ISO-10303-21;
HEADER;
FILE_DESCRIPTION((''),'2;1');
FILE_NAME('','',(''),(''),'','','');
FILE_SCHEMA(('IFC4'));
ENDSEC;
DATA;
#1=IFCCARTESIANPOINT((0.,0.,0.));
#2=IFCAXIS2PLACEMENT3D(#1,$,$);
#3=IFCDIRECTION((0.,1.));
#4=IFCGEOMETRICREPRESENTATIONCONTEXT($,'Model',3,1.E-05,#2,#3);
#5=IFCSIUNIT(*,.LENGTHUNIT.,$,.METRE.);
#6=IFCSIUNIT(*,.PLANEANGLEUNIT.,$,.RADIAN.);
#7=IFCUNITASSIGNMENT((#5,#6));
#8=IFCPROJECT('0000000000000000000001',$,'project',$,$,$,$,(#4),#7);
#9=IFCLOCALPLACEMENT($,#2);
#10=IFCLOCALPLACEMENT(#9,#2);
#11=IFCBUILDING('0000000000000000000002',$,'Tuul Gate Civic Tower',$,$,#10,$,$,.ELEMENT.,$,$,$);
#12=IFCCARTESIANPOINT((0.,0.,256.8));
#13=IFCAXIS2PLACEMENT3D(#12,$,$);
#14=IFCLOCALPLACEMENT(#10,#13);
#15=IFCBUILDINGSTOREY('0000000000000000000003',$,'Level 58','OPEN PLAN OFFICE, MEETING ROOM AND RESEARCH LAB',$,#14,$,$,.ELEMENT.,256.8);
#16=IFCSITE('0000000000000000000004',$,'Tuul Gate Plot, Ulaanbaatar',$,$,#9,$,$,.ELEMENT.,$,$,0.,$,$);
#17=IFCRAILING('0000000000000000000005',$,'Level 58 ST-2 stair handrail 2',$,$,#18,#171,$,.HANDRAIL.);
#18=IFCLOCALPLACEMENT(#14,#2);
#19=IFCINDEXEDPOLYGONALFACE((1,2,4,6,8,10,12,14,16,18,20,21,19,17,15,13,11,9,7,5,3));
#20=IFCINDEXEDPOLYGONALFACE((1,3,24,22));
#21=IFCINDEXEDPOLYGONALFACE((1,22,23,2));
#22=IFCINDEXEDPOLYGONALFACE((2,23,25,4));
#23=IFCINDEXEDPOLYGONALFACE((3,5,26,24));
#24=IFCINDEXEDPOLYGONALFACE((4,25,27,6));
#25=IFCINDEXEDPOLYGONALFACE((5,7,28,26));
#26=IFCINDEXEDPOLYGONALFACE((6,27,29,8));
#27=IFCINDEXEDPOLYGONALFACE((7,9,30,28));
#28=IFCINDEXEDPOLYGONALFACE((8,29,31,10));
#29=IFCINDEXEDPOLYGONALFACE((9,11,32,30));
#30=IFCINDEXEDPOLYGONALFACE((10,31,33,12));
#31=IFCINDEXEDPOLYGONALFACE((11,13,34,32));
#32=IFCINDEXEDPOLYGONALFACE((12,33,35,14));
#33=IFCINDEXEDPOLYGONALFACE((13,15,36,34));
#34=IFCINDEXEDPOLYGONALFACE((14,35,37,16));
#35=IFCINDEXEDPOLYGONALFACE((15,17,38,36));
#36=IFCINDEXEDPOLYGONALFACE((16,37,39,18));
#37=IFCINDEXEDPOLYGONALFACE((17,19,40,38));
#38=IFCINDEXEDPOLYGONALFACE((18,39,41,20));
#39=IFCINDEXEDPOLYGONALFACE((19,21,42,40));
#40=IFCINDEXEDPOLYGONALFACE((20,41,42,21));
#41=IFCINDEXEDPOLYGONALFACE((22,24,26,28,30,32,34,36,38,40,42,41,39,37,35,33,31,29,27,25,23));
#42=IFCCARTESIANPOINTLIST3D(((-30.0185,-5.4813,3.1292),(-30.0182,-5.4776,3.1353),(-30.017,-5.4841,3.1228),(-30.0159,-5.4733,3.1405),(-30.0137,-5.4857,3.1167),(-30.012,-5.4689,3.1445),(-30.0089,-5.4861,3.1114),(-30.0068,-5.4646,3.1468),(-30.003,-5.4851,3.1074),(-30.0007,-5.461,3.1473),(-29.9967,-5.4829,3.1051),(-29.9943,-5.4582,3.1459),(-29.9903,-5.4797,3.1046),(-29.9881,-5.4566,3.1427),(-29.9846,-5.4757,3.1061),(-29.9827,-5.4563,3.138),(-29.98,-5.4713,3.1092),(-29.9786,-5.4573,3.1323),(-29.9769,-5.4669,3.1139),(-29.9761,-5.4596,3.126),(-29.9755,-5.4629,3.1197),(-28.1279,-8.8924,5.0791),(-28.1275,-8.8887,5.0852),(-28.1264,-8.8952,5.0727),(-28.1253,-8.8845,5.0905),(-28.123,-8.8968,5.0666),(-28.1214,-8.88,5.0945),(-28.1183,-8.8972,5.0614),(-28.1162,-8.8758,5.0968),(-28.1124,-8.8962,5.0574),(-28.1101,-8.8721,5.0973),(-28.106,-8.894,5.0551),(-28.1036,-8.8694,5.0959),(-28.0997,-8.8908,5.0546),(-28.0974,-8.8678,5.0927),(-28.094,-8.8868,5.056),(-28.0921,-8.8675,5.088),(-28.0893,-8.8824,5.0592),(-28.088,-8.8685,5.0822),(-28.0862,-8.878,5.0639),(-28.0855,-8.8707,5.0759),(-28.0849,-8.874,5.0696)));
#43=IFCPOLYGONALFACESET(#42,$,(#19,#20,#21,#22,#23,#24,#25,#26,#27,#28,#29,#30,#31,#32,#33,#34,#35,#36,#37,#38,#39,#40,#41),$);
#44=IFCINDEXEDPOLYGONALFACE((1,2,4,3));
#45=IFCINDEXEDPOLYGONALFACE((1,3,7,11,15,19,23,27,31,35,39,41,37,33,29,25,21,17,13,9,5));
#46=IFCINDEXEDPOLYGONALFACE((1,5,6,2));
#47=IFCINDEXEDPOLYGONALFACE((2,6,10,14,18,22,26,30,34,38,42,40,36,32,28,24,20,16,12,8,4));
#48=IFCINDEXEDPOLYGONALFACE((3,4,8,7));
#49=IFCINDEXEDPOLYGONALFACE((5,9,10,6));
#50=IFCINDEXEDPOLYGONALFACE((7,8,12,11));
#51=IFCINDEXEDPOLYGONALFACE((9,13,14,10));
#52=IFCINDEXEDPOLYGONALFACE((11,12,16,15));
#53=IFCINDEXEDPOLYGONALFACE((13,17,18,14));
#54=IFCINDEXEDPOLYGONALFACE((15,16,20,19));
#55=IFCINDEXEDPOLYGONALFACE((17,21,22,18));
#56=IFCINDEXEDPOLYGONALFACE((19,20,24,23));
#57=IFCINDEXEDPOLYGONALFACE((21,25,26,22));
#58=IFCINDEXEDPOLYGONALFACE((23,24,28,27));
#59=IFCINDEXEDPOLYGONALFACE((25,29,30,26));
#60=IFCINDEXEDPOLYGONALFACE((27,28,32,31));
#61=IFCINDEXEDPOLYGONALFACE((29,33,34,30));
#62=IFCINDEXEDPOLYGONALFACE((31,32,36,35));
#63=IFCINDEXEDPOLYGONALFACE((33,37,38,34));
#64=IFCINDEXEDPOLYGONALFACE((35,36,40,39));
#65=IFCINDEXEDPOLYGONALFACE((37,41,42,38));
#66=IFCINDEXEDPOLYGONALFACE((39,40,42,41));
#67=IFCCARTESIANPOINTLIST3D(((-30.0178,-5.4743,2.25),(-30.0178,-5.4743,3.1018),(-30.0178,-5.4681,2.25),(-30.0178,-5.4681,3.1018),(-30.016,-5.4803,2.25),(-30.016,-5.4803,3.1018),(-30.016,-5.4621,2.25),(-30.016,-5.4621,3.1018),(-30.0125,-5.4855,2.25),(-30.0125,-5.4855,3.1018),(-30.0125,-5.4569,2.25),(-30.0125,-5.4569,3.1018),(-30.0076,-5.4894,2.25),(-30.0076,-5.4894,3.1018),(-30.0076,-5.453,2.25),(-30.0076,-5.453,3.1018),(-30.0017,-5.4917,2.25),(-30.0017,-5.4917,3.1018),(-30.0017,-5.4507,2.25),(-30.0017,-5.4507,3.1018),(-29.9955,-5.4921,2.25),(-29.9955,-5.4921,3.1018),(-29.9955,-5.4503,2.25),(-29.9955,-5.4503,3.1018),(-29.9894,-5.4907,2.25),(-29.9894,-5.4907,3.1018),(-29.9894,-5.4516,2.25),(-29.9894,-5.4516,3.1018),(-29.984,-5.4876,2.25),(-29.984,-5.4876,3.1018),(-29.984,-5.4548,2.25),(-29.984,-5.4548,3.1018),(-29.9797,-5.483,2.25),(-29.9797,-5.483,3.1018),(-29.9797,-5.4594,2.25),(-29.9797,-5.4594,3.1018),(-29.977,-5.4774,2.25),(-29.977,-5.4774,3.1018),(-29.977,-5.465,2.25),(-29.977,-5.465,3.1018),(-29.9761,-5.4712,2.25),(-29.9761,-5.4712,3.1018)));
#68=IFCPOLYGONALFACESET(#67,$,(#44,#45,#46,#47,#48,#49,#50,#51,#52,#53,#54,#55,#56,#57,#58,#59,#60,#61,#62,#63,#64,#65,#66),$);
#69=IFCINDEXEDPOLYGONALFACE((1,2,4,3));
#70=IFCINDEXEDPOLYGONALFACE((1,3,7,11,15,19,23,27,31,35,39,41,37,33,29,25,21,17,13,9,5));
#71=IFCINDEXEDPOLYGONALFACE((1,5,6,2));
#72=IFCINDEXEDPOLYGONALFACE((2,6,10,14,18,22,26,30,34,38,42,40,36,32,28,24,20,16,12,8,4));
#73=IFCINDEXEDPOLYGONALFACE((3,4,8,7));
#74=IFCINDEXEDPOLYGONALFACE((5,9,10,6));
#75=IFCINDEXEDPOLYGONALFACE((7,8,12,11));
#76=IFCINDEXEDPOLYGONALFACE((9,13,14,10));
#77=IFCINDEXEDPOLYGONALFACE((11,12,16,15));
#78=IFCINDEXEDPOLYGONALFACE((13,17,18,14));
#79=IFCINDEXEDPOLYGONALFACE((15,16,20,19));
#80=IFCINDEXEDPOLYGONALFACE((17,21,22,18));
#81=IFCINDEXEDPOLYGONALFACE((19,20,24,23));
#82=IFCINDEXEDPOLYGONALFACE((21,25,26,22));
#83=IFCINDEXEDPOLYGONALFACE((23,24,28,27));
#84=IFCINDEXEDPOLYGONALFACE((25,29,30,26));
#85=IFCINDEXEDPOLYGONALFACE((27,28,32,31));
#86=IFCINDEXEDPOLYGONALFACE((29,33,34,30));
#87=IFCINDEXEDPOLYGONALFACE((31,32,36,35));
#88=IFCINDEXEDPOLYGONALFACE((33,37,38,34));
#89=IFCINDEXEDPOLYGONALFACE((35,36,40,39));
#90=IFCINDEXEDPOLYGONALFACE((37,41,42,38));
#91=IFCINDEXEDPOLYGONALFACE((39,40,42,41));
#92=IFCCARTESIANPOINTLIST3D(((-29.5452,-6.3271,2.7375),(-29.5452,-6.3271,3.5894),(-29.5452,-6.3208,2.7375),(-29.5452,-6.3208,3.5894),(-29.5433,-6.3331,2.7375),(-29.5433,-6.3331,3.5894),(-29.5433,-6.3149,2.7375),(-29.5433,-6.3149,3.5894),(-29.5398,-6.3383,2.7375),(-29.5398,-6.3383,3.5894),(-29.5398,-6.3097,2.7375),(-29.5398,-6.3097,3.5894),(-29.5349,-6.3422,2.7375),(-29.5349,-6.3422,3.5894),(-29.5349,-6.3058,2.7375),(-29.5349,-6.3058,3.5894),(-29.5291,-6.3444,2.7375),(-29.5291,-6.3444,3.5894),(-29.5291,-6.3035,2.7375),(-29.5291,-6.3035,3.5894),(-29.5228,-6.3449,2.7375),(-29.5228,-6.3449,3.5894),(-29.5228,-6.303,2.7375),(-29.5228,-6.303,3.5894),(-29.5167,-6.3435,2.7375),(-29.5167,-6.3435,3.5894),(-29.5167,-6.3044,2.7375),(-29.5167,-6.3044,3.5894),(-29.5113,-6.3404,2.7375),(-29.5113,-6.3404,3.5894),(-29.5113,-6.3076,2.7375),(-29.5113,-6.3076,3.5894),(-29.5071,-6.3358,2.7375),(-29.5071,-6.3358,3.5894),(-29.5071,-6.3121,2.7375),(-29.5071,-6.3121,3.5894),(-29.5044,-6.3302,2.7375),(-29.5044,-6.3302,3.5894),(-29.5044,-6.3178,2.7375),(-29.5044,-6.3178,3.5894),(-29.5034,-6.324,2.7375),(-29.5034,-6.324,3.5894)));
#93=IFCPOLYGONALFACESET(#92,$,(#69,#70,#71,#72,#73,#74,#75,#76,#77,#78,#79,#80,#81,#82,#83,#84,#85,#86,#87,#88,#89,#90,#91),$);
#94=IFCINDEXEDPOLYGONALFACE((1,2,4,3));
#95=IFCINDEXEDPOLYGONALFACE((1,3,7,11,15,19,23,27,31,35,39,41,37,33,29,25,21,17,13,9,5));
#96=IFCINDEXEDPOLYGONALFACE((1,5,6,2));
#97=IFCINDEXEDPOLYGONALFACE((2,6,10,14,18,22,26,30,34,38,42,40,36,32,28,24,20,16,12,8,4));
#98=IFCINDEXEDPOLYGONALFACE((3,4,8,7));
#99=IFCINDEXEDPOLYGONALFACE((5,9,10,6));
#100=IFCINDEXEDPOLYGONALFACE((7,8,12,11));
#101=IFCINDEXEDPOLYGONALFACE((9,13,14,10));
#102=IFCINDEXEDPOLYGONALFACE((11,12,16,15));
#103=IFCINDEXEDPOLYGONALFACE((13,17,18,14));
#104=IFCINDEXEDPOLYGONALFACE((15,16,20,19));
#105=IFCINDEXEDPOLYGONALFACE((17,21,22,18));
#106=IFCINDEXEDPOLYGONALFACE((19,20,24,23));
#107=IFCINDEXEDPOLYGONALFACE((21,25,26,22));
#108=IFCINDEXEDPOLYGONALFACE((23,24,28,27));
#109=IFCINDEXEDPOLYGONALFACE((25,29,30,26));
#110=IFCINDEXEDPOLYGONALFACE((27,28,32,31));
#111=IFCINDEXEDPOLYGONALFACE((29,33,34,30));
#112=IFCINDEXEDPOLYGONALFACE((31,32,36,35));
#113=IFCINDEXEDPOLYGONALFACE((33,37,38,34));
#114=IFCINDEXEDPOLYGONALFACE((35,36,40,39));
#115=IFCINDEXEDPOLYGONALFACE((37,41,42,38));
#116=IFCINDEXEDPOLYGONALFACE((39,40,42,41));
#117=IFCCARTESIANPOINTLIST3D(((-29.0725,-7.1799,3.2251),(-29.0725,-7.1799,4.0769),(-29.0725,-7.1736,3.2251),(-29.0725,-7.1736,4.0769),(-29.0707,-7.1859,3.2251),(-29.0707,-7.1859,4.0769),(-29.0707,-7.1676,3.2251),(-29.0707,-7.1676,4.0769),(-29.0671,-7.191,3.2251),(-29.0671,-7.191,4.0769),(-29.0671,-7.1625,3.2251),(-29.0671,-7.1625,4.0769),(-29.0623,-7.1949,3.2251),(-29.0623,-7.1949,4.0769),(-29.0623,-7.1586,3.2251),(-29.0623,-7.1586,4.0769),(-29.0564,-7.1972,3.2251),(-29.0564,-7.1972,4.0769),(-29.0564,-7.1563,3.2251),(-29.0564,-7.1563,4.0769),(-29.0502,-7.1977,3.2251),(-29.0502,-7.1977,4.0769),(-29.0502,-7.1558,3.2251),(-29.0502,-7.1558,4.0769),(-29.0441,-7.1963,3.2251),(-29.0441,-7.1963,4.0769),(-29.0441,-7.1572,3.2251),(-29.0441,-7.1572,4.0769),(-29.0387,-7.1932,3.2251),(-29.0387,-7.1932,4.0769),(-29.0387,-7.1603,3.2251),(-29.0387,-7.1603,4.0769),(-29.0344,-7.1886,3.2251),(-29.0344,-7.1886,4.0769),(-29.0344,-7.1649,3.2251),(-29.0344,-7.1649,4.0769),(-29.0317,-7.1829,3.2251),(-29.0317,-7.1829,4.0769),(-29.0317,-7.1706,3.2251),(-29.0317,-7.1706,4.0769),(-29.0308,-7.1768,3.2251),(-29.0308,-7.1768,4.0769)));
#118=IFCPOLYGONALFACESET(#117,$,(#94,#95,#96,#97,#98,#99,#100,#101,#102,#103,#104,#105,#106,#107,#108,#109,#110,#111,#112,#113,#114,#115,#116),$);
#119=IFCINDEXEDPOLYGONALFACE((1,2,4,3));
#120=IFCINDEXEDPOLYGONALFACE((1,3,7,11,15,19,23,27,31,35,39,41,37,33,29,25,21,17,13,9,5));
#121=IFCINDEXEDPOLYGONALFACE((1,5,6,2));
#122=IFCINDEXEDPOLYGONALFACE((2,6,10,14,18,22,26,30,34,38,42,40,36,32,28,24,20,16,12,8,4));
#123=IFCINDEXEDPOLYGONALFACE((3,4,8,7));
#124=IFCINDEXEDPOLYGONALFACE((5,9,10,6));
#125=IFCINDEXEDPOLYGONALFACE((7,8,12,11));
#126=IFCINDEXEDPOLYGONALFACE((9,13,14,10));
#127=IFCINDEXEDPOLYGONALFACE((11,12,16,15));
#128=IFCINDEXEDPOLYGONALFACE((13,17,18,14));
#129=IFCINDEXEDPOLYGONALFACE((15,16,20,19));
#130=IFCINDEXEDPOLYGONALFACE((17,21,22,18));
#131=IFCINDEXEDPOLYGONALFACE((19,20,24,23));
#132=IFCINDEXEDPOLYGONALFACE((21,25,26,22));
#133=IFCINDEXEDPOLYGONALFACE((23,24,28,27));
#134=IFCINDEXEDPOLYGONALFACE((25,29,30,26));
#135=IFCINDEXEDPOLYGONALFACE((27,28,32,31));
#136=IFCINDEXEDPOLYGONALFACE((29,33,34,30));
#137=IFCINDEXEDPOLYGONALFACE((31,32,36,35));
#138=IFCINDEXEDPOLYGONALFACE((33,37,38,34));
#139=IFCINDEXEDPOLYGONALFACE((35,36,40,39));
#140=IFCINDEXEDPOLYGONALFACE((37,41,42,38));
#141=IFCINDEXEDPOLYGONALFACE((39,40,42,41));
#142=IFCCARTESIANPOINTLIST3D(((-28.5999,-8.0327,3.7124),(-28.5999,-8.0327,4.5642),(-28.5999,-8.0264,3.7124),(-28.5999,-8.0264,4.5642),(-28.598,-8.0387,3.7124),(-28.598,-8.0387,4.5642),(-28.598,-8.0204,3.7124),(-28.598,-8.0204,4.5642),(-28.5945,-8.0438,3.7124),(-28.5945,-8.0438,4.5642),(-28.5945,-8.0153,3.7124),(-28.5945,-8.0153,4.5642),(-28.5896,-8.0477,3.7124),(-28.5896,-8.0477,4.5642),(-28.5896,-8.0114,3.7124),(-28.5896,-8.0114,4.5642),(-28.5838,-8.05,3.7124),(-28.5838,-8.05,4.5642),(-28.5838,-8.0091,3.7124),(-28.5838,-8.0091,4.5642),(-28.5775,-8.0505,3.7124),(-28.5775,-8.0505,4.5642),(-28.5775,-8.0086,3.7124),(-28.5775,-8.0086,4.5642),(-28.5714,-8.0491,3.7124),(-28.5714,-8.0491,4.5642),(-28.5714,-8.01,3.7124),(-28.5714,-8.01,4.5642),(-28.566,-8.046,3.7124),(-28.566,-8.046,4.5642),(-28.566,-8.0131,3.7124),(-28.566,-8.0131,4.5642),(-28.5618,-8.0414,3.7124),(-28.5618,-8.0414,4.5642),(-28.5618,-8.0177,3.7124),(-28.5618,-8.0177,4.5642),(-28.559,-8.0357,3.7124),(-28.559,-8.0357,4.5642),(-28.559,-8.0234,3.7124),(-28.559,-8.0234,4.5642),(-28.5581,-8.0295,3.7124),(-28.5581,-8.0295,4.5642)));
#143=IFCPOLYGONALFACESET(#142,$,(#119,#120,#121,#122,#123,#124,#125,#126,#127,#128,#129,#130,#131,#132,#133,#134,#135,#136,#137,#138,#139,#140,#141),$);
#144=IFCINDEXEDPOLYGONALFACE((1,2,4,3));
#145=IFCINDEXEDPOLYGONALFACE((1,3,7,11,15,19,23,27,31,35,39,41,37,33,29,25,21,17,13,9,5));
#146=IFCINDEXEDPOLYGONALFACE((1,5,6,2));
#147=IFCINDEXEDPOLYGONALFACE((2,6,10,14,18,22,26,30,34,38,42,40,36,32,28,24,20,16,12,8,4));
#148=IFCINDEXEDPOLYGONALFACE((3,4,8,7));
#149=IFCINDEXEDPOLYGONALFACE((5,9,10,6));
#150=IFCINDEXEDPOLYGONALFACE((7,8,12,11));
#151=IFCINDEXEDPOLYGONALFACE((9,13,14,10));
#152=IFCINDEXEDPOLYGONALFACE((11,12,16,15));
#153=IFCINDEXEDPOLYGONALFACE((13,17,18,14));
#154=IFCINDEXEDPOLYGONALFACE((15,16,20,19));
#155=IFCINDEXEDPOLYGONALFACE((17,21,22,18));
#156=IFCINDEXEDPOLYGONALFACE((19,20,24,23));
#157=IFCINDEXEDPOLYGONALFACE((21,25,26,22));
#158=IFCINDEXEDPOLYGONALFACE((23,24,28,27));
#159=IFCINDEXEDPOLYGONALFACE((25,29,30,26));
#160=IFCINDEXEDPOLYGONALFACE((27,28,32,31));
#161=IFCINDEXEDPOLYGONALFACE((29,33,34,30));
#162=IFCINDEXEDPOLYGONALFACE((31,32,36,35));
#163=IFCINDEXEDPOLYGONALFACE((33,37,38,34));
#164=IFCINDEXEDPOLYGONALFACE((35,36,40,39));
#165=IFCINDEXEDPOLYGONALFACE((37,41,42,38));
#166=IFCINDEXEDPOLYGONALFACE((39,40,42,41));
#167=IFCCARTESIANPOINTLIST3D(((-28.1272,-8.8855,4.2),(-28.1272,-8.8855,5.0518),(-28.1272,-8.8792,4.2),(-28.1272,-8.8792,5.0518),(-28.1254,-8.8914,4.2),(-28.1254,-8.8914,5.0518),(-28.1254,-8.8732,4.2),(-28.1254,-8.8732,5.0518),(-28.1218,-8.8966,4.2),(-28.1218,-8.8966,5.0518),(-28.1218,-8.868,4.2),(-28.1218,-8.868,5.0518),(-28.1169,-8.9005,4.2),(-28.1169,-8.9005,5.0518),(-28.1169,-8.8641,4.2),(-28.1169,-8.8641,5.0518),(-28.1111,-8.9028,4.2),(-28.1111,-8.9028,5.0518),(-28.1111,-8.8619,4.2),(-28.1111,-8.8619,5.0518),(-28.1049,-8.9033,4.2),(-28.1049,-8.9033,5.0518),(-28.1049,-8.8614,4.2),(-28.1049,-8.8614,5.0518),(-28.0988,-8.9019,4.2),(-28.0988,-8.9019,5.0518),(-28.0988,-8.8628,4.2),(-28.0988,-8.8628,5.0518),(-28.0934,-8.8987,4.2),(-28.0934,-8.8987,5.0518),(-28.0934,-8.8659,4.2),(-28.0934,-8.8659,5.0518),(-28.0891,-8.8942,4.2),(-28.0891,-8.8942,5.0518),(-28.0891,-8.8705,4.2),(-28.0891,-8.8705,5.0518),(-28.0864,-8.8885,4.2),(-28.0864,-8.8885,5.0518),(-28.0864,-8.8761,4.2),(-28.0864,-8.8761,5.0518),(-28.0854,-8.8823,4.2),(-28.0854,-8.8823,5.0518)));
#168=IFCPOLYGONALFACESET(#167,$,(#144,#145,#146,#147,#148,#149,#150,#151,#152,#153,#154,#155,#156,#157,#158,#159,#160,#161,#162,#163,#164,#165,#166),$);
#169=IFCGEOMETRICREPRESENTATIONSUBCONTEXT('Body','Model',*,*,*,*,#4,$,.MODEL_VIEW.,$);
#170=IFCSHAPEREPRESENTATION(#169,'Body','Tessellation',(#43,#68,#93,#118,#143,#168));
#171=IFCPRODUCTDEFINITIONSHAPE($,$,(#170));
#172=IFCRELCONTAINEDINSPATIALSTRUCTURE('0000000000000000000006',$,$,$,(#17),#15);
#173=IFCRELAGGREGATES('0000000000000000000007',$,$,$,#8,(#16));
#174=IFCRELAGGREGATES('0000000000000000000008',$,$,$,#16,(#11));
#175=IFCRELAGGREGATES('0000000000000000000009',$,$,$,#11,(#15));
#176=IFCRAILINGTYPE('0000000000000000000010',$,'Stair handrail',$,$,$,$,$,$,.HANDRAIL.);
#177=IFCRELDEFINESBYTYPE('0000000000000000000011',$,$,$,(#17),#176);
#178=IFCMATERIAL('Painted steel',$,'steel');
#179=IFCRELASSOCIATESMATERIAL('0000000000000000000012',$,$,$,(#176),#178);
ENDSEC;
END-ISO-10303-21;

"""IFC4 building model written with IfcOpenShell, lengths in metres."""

from ifc_helpers import new_model, si_unit, direction, frame, origin, origin_2d, place, context, subcontext, project, spatial, circle, extrude, material, type_object, element, save


model = new_model("IFC4")

# Units and contexts
model_context = context("Model", 3, precision=1e-05, world=origin(), true_north=direction((0.0, 1.0)))
body_context = subcontext(model_context, "Body", "Model", "MODEL_VIEW")
ifc_project = project(units=[si_unit("LENGTHUNIT", "METRE"), si_unit("PLANEANGLEUNIT", "RADIAN")], contexts=[model_context])

# Site, building, storey
site_placement = place(None, origin())
site = spatial("IfcSite", under=ifc_project, at=site_placement, Name="Tuul Gate Plot, Ulaanbaatar", CompositionType="ELEMENT", RefElevation=0.0)
building_placement = place(site_placement, origin())
building = spatial("IfcBuilding", under=site, at=building_placement, Name="Tuul Gate Civic Tower", CompositionType="ELEMENT")
storey_placement = place(building_placement, frame((0.0, 0.0, 256.8)))
storey = spatial("IfcBuildingStorey", under=building, at=storey_placement, Name="Level 58", Description="OPEN PLAN OFFICE, MEETING ROOM AND RESEARCH LAB", CompositionType="ELEMENT", Elevation=256.8)

# Railing
ifc_material_1 = material(Name="Painted steel", Category="steel")
railing_type_1 = type_object("IfcRailingType", Name="Stair handrail", PredefinedType="HANDRAIL", material=ifc_material_1)
railing_1_placement = place(storey_placement, frame((-29.9971, -5.4712, 2.25)))
element("IfcRailing", 1, at=railing_1_placement, inside=storey, type_object=railing_type_1, Name="Level 58 ST-2 stair handrail 2", PredefinedType="HANDRAIL", context=body_context, shape_type="SweptSolid", body=[
    extrude(circle(Radius=0.0239, at=origin_2d()), frame((0.0, 0.0, 0.876), z_axis=(0.433595, -0.782308, 0.447201), x_axis=(0.874641, 0.484771, 0.0)), (0.0, 0.0, 1.0), 4.3604),
    extrude(circle(Radius=0.021, at=origin_2d()), origin(), (0.0, 0.0, 1.0), 0.8518),
    extrude(circle(Radius=0.021, at=origin_2d()), frame((0.4727, -0.8528, 0.4875)), (0.0, 0.0, 1.0), 0.8518),
    extrude(circle(Radius=0.021, at=origin_2d()), frame((0.9453, -1.7056, 0.9751)), (0.0, 0.0, 1.0), 0.8518),
    extrude(circle(Radius=0.021, at=origin_2d()), frame((1.418, -2.5583, 1.4624)), (0.0, 0.0, 1.0), 0.8518),
    extrude(circle(Radius=0.021, at=origin_2d()), frame((1.8906, -3.4111, 1.95)), (0.0, 0.0, 1.0), 0.8518),
])

save(model, "model.ifc")
